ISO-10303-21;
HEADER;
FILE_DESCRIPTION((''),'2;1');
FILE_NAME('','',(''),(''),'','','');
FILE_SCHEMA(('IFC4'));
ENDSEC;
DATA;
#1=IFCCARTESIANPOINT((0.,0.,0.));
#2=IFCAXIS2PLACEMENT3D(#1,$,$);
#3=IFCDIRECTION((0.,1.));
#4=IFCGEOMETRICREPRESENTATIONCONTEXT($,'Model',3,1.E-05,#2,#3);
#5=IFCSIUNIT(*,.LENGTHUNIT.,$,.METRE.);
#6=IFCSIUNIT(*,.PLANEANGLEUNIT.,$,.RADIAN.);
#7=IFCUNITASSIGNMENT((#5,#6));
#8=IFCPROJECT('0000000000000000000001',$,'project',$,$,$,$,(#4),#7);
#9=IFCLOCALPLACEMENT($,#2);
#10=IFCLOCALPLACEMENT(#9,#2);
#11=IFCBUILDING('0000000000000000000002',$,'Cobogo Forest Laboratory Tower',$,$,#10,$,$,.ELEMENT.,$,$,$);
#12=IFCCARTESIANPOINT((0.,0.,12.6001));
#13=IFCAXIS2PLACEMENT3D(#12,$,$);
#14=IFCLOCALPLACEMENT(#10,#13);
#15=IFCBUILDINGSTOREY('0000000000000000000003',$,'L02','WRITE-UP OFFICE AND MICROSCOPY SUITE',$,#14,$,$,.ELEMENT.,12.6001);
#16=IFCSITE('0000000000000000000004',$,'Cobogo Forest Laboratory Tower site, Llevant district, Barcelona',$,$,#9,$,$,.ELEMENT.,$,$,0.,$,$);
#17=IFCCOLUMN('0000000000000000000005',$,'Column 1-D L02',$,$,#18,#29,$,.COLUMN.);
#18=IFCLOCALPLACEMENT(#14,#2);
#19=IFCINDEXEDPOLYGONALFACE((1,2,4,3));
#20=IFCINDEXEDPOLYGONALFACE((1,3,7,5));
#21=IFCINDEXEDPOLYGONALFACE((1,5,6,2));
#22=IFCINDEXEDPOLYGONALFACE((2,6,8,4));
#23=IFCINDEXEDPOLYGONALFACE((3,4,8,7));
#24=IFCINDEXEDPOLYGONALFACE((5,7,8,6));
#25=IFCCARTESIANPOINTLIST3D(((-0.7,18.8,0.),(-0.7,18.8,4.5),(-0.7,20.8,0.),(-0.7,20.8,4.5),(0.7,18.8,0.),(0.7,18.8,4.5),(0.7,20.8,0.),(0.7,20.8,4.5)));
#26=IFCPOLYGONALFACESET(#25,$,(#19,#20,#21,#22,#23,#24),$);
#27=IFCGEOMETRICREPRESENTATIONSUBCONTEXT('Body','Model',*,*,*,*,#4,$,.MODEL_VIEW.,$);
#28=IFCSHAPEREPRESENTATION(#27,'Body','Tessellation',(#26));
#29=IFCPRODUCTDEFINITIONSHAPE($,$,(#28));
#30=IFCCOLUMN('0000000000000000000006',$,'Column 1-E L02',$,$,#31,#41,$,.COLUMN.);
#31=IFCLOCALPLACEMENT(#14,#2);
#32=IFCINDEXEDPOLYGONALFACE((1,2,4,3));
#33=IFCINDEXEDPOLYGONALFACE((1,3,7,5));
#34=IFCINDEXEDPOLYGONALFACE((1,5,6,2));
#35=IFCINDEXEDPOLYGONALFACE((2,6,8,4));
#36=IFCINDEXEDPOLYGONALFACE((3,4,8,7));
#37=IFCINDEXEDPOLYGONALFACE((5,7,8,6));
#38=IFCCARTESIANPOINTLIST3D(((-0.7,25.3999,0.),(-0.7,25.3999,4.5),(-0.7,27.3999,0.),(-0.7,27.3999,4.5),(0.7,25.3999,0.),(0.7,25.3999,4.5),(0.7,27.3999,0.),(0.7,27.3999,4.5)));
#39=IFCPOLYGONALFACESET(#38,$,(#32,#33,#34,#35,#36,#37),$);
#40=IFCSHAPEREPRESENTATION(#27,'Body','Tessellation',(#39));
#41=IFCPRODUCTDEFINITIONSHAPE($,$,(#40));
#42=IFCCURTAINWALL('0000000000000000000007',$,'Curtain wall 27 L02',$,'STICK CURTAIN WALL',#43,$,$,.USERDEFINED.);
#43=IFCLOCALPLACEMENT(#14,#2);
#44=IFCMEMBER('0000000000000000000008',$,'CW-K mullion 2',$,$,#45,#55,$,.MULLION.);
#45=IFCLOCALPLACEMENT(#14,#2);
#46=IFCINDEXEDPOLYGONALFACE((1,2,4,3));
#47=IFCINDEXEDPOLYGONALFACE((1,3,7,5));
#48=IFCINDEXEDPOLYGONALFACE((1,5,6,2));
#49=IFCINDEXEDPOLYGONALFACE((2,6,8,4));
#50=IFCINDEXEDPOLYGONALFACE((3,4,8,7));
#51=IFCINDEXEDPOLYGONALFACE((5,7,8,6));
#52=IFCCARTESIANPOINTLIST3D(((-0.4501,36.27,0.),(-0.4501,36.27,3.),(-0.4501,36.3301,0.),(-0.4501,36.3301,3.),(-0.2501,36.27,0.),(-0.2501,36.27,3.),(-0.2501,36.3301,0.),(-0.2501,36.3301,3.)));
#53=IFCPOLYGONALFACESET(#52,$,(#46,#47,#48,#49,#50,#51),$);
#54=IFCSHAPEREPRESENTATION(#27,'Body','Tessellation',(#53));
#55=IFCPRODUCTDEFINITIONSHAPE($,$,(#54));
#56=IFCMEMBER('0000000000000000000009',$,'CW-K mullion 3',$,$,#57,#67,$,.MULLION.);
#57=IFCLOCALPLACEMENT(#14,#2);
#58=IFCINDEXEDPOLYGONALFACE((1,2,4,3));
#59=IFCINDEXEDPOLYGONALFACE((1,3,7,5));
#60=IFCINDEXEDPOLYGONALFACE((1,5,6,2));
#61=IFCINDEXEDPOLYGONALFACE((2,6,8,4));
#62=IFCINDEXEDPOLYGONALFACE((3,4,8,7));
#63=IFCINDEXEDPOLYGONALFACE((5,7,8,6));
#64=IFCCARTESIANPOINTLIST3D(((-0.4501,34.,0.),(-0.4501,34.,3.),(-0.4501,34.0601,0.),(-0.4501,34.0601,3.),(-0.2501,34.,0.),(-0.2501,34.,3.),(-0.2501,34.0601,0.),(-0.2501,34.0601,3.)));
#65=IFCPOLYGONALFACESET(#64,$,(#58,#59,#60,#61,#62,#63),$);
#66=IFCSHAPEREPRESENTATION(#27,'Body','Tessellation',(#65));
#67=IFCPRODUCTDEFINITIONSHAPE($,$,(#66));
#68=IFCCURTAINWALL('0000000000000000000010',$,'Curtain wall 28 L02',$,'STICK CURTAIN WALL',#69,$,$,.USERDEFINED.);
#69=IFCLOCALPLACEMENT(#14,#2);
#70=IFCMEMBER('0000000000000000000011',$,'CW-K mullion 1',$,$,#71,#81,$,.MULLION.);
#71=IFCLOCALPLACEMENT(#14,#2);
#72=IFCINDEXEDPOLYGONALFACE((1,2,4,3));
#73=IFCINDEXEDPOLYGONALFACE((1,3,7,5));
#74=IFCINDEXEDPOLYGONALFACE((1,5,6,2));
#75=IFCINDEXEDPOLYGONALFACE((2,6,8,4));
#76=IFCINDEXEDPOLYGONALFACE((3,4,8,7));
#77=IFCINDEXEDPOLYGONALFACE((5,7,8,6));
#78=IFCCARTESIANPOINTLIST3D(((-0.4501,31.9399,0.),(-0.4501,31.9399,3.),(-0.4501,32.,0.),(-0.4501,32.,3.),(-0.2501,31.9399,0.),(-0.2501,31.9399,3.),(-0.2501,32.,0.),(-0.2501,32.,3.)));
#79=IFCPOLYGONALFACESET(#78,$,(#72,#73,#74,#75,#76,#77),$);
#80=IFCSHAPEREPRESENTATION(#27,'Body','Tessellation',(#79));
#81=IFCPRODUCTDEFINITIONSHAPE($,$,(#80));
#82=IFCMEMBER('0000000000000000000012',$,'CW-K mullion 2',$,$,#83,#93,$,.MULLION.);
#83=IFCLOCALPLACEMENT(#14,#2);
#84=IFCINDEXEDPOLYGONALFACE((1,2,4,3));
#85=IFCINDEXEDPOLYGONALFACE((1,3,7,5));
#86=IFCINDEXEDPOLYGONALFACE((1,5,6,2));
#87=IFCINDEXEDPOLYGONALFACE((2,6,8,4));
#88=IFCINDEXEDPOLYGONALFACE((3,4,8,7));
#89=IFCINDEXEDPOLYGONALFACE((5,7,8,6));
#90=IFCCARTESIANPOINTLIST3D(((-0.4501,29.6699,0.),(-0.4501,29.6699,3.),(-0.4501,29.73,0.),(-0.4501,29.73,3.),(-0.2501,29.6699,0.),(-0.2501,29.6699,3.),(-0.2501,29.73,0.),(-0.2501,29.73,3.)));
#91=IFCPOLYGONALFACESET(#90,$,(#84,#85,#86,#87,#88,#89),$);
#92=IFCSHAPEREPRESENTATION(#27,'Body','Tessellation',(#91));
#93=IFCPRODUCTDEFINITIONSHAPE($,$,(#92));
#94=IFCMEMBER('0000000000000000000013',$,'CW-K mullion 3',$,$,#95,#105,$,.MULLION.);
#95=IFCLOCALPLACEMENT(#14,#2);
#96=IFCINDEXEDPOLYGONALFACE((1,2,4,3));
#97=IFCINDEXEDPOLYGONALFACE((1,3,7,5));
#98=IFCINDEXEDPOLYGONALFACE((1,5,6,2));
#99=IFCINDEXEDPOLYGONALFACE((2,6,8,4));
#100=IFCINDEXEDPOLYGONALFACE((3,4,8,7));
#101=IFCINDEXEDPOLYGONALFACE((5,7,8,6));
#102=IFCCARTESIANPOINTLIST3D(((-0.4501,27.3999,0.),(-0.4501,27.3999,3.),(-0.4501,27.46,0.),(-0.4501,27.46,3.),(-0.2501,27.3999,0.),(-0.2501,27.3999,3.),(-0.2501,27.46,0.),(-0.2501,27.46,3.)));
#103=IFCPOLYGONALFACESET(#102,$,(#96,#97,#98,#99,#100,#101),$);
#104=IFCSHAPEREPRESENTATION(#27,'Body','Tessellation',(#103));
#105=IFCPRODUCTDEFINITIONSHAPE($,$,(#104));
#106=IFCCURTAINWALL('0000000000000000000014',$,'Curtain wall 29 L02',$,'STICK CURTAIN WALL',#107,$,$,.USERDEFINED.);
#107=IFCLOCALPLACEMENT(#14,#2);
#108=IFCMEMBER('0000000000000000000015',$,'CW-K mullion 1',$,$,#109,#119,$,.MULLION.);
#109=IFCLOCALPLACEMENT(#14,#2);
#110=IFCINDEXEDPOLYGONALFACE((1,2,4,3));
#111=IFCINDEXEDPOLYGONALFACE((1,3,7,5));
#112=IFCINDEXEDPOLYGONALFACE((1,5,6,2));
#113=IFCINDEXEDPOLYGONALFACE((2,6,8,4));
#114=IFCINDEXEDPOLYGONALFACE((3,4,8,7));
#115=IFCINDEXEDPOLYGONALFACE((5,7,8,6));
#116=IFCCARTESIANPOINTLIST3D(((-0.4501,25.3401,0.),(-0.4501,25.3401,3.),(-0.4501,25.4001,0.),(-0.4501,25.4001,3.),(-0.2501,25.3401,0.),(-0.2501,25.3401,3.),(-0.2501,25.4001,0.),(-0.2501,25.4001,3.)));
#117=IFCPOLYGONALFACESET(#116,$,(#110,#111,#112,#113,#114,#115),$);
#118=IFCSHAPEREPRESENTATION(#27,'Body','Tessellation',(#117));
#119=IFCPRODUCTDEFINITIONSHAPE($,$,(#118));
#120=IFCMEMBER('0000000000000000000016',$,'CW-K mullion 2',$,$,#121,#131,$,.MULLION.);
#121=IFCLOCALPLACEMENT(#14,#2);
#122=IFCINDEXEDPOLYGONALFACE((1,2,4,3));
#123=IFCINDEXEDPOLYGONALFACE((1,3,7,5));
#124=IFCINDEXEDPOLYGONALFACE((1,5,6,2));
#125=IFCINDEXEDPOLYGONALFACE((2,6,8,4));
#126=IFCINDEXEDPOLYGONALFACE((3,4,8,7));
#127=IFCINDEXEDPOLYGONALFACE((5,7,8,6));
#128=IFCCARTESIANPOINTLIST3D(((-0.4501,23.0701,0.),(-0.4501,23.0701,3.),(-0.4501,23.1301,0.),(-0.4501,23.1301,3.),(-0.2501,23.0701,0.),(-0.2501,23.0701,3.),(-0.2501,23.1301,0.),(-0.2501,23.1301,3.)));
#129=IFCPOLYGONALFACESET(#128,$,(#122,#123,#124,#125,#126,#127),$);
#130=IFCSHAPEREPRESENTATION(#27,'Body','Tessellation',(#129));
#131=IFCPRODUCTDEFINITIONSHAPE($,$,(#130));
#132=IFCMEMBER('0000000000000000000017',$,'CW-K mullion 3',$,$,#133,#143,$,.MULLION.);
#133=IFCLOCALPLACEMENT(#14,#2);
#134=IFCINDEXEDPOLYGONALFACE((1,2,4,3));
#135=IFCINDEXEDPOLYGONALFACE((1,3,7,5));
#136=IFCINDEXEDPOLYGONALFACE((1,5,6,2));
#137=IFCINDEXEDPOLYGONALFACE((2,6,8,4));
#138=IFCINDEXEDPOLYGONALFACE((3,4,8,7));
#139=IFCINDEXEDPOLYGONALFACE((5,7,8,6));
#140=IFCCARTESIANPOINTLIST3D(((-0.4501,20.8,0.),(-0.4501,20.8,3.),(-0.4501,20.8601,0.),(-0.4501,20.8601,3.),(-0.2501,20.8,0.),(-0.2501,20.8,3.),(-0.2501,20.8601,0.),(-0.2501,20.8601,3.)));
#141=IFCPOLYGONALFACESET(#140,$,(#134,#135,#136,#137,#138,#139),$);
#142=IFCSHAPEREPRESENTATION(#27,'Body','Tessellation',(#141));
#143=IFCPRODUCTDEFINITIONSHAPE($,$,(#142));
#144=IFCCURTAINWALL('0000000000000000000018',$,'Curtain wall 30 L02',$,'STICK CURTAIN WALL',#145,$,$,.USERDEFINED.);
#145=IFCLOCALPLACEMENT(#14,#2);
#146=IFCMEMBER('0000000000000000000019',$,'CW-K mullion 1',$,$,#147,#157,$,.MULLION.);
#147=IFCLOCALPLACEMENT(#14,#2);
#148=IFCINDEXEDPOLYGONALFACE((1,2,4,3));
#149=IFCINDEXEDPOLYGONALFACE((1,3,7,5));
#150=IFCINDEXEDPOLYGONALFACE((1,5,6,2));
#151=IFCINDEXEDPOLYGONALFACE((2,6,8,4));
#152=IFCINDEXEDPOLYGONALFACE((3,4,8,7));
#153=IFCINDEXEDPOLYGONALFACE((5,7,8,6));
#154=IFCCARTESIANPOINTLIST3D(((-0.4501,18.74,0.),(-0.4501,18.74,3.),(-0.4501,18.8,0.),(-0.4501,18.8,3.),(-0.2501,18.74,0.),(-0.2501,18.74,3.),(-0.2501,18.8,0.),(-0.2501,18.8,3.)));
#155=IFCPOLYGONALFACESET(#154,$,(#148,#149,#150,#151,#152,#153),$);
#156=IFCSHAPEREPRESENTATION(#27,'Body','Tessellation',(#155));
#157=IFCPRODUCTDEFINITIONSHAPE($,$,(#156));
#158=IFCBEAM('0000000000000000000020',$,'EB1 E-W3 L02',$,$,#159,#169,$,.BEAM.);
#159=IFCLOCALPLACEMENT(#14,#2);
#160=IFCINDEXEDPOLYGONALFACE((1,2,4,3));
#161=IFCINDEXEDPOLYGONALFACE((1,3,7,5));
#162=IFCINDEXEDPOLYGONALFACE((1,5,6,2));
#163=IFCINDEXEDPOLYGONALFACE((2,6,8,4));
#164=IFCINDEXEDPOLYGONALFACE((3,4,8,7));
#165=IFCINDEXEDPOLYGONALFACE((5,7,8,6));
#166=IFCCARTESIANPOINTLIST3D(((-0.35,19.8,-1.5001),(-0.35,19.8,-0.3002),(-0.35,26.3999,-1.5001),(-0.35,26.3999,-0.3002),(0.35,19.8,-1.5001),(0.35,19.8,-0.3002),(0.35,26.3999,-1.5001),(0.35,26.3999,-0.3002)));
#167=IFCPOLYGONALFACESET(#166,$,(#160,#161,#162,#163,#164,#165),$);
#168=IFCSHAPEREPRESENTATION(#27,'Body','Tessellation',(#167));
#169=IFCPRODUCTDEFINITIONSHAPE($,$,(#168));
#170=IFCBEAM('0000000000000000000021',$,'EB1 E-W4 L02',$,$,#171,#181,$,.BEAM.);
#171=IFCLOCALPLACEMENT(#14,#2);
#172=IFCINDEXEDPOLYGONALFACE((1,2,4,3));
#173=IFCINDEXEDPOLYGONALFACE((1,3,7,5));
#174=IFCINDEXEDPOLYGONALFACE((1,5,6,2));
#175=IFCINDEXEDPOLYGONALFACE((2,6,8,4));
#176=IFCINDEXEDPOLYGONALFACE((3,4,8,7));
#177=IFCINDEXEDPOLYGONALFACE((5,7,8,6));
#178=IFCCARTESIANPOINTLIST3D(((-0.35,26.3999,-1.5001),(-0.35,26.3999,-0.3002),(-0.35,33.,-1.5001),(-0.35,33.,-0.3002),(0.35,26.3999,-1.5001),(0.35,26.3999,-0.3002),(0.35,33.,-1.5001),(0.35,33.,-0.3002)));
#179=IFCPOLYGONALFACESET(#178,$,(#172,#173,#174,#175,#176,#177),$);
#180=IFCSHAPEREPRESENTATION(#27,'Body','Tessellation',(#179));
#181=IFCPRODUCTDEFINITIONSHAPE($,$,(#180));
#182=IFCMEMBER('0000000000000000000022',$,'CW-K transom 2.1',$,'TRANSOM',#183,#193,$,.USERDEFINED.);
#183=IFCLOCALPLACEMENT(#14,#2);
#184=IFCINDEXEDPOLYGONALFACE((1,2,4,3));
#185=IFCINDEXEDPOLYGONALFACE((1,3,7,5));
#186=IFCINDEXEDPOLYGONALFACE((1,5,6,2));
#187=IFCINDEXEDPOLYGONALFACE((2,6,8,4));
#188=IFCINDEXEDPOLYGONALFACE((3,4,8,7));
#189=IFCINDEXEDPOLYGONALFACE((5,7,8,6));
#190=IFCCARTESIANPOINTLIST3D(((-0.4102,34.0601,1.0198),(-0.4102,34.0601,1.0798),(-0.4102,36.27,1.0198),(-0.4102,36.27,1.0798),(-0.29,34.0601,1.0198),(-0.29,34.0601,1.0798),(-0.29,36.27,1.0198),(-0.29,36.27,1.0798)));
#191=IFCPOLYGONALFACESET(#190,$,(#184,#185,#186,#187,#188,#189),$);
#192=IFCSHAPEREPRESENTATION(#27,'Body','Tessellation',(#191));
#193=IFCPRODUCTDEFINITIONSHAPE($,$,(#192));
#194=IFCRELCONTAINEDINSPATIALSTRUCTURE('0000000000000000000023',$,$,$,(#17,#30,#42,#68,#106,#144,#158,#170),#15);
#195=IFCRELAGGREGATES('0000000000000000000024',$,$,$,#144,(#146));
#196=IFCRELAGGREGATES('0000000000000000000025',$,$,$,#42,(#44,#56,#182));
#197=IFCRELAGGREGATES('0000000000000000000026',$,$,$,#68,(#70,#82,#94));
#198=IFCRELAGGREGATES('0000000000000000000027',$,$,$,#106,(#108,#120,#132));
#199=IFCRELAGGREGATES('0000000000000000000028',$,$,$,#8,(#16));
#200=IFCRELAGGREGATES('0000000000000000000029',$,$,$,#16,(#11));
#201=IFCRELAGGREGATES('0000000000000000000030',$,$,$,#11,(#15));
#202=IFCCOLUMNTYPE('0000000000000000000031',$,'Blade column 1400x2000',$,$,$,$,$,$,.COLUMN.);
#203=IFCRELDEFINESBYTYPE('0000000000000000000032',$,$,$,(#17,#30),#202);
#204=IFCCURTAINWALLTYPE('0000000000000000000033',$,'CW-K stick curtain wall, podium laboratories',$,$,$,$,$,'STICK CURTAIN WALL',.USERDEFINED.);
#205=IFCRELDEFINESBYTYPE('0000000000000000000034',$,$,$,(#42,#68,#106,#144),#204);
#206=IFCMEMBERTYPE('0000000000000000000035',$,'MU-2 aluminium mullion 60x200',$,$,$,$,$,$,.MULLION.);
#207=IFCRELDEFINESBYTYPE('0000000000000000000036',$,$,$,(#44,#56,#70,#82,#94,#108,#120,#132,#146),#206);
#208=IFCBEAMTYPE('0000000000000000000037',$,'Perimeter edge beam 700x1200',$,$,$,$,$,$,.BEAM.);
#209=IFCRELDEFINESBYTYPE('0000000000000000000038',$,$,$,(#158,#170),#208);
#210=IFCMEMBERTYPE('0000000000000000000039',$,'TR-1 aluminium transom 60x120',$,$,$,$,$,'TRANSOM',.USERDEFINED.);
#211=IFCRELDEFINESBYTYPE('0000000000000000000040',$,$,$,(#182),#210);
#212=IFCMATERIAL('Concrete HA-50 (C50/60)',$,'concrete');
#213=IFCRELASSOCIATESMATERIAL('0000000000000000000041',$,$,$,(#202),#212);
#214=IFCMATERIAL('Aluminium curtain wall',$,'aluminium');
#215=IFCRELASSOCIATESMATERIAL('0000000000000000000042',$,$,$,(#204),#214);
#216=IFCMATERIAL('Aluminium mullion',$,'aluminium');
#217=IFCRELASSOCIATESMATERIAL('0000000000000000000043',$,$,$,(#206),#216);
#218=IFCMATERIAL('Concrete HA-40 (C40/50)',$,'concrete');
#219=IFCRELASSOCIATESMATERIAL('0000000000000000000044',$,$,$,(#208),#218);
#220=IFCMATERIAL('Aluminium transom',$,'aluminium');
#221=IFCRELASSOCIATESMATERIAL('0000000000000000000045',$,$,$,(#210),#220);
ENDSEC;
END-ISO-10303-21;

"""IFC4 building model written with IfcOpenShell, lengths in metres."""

from ifc_helpers import new_model, si_unit, direction, frame, origin, origin_2d, place, context, subcontext, project, spatial, rectangle, extrude, material, material_profile, profile_set, type_object, element, aggregate, save


model = new_model("IFC4")

# Units and contexts
model_context = context("Model", 3, precision=1e-05, world=origin(), true_north=direction((0.0, 1.0)))
body_context = subcontext(model_context, "Body", "Model", "MODEL_VIEW")
ifc_project = project(units=[si_unit("LENGTHUNIT", "METRE"), si_unit("PLANEANGLEUNIT", "RADIAN")], contexts=[model_context])

# Site, building, storey
site_placement = place(None, origin())
site = spatial("IfcSite", under=ifc_project, at=site_placement, Name="Cobogo Forest Laboratory Tower site, Llevant district, Barcelona", CompositionType="ELEMENT", RefElevation=0.0)
building_placement = place(site_placement, origin())
building = spatial("IfcBuilding", under=site, at=building_placement, Name="Cobogo Forest Laboratory Tower", CompositionType="ELEMENT")
storey_placement = place(building_placement, frame((0.0, 0.0, 12.6001)))
storey = spatial("IfcBuildingStorey", under=building, at=storey_placement, Name="L02", Description="WRITE-UP OFFICE AND MICROSCOPY SUITE", CompositionType="ELEMENT", Elevation=12.6001)

# Columns
ifc_material_1 = material(Name="Concrete HA-50 (C50/60)", Category="concrete")
ifc_material_profile_1 = material_profile(ifc_material_1, rectangle(XDim=2.0, YDim=1.3999, at=origin_2d()), Name="RC 1400x2000")
ifc_profile_set_1 = profile_set([ifc_material_profile_1], Name="Concrete HA-50 (C50/60)")
column_type = type_object("IfcColumnType", Name="Blade column 1400x2000", PredefinedType="COLUMN", material=ifc_profile_set_1)
for number, where, z_axis, x_axis, name in (
    (1, (0.0, 19.8, 0.0), (0.0, 0.0, 1.0), (0.0, 1.0, 0.0), "Column 1-D L02"),
    (2, (0.0, 26.3999, 0.0), (0.0, 0.0, 1.0), (0.0, 1.0, 0.0), "Column 1-E L02"),
):
    element("IfcColumn", number, at=place(storey_placement, frame(where, z_axis=z_axis, x_axis=x_axis)), inside=storey, type_object=column_type, Name=name, PredefinedType="COLUMN", context=body_context, shape_type="SweptSolid", body=[
        extrude(rectangle(XDim=2.0, YDim=1.3999, at=origin_2d()), origin(), (0.0, 0.0, 1.0), 4.5),
    ])

# Curtain walls, members
ifc_material_2 = material(Name="Aluminium curtain wall", Category="aluminium")
curtain_wall_type = type_object("IfcCurtainWallType", Name="CW-K stick curtain wall, podium laboratories", ElementType="STICK CURTAIN WALL", PredefinedType="USERDEFINED", material=ifc_material_2)
curtain_wall_1_placement = place(storey_placement, origin())
curtain_wall_1 = element("IfcCurtainWall", 3, at=curtain_wall_1_placement, inside=storey, type_object=curtain_wall_type, Name="Curtain wall 27 L02", ObjectType="STICK CURTAIN WALL", PredefinedType="USERDEFINED")
ifc_material_3 = material(Name="Aluminium mullion", Category="aluminium")
ifc_material_profile_2 = material_profile(ifc_material_3, rectangle(XDim=0.0601, YDim=0.2, at=origin_2d()), Name="AL 60x200")
ifc_profile_set_2 = profile_set([ifc_material_profile_2], Name="Aluminium mullion")
member_type_1 = type_object("IfcMemberType", Name="MU-2 aluminium mullion 60x200", PredefinedType="MULLION", material=ifc_profile_set_2)
member_1_placement = place(storey_placement, frame((-0.3501, 36.3, 0.0), z_axis=(0.0, 0.0, 1.0), x_axis=(0.0, -1.0, 0.0)))
member_1 = element("IfcMember", 4, at=member_1_placement, type_object=member_type_1, Name="CW-K mullion 2", PredefinedType="MULLION", context=body_context, shape_type="SweptSolid", body=[
    extrude(rectangle(XDim=0.0601, YDim=0.2, at=origin_2d()), origin(), (0.0, 0.0, 1.0), 3.0),
])
member_2_placement = place(storey_placement, frame((-0.3501, 34.03, 0.0), z_axis=(0.0, 0.0, 1.0), x_axis=(0.0, -1.0, 0.0)))
member_2 = element("IfcMember", 5, at=member_2_placement, type_object=member_type_1, Name="CW-K mullion 3", PredefinedType="MULLION", context=body_context, shape_type="SweptSolid", body=[
    extrude(rectangle(XDim=0.0601, YDim=0.2, at=origin_2d()), origin(), (0.0, 0.0, 1.0), 3.0),
])
curtain_wall_2_placement = place(storey_placement, origin())
curtain_wall_2 = element("IfcCurtainWall", 6, at=curtain_wall_2_placement, inside=storey, type_object=curtain_wall_type, Name="Curtain wall 28 L02", ObjectType="STICK CURTAIN WALL", PredefinedType="USERDEFINED")
member_3_placement = place(storey_placement, frame((-0.3501, 31.97, 0.0), z_axis=(0.0, 0.0, 1.0), x_axis=(0.0, -1.0, 0.0)))
member_3 = element("IfcMember", 7, at=member_3_placement, type_object=member_type_1, Name="CW-K mullion 1", PredefinedType="MULLION", context=body_context, shape_type="SweptSolid", body=[
    extrude(rectangle(XDim=0.0601, YDim=0.2, at=origin_2d()), origin(), (0.0, 0.0, 1.0), 3.0),
])
member_4_placement = place(storey_placement, frame((-0.3501, 29.7, 0.0), z_axis=(0.0, 0.0, 1.0), x_axis=(0.0, -1.0, 0.0)))
member_4 = element("IfcMember", 8, at=member_4_placement, type_object=member_type_1, Name="CW-K mullion 2", PredefinedType="MULLION", context=body_context, shape_type="SweptSolid", body=[
    extrude(rectangle(XDim=0.0601, YDim=0.2, at=origin_2d()), origin(), (0.0, 0.0, 1.0), 3.0),
])
member_5_placement = place(storey_placement, frame((-0.3501, 27.4299, 0.0), z_axis=(0.0, 0.0, 1.0), x_axis=(0.0, -1.0, 0.0)))
member_5 = element("IfcMember", 9, at=member_5_placement, type_object=member_type_1, Name="CW-K mullion 3", PredefinedType="MULLION", context=body_context, shape_type="SweptSolid", body=[
    extrude(rectangle(XDim=0.0601, YDim=0.2, at=origin_2d()), origin(), (0.0, 0.0, 1.0), 3.0),
])
curtain_wall_3_placement = place(storey_placement, origin())
curtain_wall_3 = element("IfcCurtainWall", 10, at=curtain_wall_3_placement, inside=storey, type_object=curtain_wall_type, Name="Curtain wall 29 L02", ObjectType="STICK CURTAIN WALL", PredefinedType="USERDEFINED")
member_6_placement = place(storey_placement, frame((-0.3501, 25.3701, 0.0), z_axis=(0.0, 0.0, 1.0), x_axis=(0.0, -1.0, 0.0)))
member_6 = element("IfcMember", 11, at=member_6_placement, type_object=member_type_1, Name="CW-K mullion 1", PredefinedType="MULLION", context=body_context, shape_type="SweptSolid", body=[
    extrude(rectangle(XDim=0.0601, YDim=0.2, at=origin_2d()), origin(), (0.0, 0.0, 1.0), 3.0),
])
member_7_placement = place(storey_placement, frame((-0.3501, 23.1001, 0.0), z_axis=(0.0, 0.0, 1.0), x_axis=(0.0, -1.0, 0.0)))
member_7 = element("IfcMember", 12, at=member_7_placement, type_object=member_type_1, Name="CW-K mullion 2", PredefinedType="MULLION", context=body_context, shape_type="SweptSolid", body=[
    extrude(rectangle(XDim=0.0601, YDim=0.2, at=origin_2d()), origin(), (0.0, 0.0, 1.0), 3.0),
])
member_8_placement = place(storey_placement, frame((-0.3501, 20.8301, 0.0), z_axis=(0.0, 0.0, 1.0), x_axis=(0.0, -1.0, 0.0)))
member_8 = element("IfcMember", 13, at=member_8_placement, type_object=member_type_1, Name="CW-K mullion 3", PredefinedType="MULLION", context=body_context, shape_type="SweptSolid", body=[
    extrude(rectangle(XDim=0.0601, YDim=0.2, at=origin_2d()), origin(), (0.0, 0.0, 1.0), 3.0),
])

# Curtain wall, member
curtain_wall_4_placement = place(storey_placement, origin())
curtain_wall_4 = element("IfcCurtainWall", 14, at=curtain_wall_4_placement, inside=storey, type_object=curtain_wall_type, Name="Curtain wall 30 L02", ObjectType="STICK CURTAIN WALL", PredefinedType="USERDEFINED")
member_9_placement = place(storey_placement, frame((-0.3501, 18.77, 0.0), z_axis=(0.0, 0.0, 1.0), x_axis=(0.0, -1.0, 0.0)))
member_9 = element("IfcMember", 15, at=member_9_placement, type_object=member_type_1, Name="CW-K mullion 1", PredefinedType="MULLION", context=body_context, shape_type="SweptSolid", body=[
    extrude(rectangle(XDim=0.0601, YDim=0.2, at=origin_2d()), origin(), (0.0, 0.0, 1.0), 3.0),
])

# Beams
ifc_material_4 = material(Name="Concrete HA-40 (C40/50)", Category="concrete")
ifc_material_profile_3 = material_profile(ifc_material_4, rectangle(XDim=0.7, YDim=1.2, at=origin_2d()), Name="RC 700x1200")
ifc_profile_set_3 = profile_set([ifc_material_profile_3], Name="Concrete HA-40 (C40/50)")
beam_type = type_object("IfcBeamType", Name="Perimeter edge beam 700x1200", PredefinedType="BEAM", material=ifc_profile_set_3)
beam_1_placement = place(storey_placement, frame((0.0, 19.8, -0.9001), z_axis=(0.0, 1.0, 0.0), x_axis=(-1.0, 0.0, 0.0)))
element("IfcBeam", 16, at=beam_1_placement, inside=storey, type_object=beam_type, Name="EB1 E-W3 L02", PredefinedType="BEAM", context=body_context, shape_type="SweptSolid", body=[
    extrude(rectangle(XDim=0.7, YDim=1.2, at=origin_2d()), origin(), (0.0, 0.0, 1.0), 6.5999),
])
beam_2_placement = place(storey_placement, frame((0.0, 26.3999, -0.9001), z_axis=(0.0, 1.0, 0.0), x_axis=(-1.0, 0.0, 0.0)))
element("IfcBeam", 17, at=beam_2_placement, inside=storey, type_object=beam_type, Name="EB1 E-W4 L02", PredefinedType="BEAM", context=body_context, shape_type="SweptSolid", body=[
    extrude(rectangle(XDim=0.7, YDim=1.2, at=origin_2d()), origin(), (0.0, 0.0, 1.0), 6.6001),
])

# Member
ifc_material_5 = material(Name="Aluminium transom", Category="aluminium")
ifc_material_profile_4 = material_profile(ifc_material_5, rectangle(XDim=0.1201, YDim=0.0601, at=origin_2d()), Name="AL 60x120")
ifc_profile_set_4 = profile_set([ifc_material_profile_4], Name="Aluminium transom")
member_type_2 = type_object("IfcMemberType", Name="TR-1 aluminium transom 60x120", ElementType="TRANSOM", PredefinedType="USERDEFINED", material=ifc_profile_set_4)
member_10_placement = place(storey_placement, frame((-0.3501, 36.27, 1.0498), z_axis=(0.0, -1.0, 0.0), x_axis=(1.0, 0.0, 0.0)))
member_10 = element("IfcMember", 18, at=member_10_placement, type_object=member_type_2, Name="CW-K transom 2.1", ObjectType="TRANSOM", PredefinedType="USERDEFINED", context=body_context, shape_type="SweptSolid", body=[
    extrude(rectangle(XDim=0.1201, YDim=0.0601, at=origin_2d()), origin(), (0.0, 0.0, 1.0), 2.21),
])
aggregate(curtain_wall_4, [member_9])

aggregate(curtain_wall_1, [member_1, member_2, member_10])
aggregate(curtain_wall_2, [member_3, member_4, member_5])
aggregate(curtain_wall_3, [member_6, member_7, member_8])

save(model, "model.ifc")
